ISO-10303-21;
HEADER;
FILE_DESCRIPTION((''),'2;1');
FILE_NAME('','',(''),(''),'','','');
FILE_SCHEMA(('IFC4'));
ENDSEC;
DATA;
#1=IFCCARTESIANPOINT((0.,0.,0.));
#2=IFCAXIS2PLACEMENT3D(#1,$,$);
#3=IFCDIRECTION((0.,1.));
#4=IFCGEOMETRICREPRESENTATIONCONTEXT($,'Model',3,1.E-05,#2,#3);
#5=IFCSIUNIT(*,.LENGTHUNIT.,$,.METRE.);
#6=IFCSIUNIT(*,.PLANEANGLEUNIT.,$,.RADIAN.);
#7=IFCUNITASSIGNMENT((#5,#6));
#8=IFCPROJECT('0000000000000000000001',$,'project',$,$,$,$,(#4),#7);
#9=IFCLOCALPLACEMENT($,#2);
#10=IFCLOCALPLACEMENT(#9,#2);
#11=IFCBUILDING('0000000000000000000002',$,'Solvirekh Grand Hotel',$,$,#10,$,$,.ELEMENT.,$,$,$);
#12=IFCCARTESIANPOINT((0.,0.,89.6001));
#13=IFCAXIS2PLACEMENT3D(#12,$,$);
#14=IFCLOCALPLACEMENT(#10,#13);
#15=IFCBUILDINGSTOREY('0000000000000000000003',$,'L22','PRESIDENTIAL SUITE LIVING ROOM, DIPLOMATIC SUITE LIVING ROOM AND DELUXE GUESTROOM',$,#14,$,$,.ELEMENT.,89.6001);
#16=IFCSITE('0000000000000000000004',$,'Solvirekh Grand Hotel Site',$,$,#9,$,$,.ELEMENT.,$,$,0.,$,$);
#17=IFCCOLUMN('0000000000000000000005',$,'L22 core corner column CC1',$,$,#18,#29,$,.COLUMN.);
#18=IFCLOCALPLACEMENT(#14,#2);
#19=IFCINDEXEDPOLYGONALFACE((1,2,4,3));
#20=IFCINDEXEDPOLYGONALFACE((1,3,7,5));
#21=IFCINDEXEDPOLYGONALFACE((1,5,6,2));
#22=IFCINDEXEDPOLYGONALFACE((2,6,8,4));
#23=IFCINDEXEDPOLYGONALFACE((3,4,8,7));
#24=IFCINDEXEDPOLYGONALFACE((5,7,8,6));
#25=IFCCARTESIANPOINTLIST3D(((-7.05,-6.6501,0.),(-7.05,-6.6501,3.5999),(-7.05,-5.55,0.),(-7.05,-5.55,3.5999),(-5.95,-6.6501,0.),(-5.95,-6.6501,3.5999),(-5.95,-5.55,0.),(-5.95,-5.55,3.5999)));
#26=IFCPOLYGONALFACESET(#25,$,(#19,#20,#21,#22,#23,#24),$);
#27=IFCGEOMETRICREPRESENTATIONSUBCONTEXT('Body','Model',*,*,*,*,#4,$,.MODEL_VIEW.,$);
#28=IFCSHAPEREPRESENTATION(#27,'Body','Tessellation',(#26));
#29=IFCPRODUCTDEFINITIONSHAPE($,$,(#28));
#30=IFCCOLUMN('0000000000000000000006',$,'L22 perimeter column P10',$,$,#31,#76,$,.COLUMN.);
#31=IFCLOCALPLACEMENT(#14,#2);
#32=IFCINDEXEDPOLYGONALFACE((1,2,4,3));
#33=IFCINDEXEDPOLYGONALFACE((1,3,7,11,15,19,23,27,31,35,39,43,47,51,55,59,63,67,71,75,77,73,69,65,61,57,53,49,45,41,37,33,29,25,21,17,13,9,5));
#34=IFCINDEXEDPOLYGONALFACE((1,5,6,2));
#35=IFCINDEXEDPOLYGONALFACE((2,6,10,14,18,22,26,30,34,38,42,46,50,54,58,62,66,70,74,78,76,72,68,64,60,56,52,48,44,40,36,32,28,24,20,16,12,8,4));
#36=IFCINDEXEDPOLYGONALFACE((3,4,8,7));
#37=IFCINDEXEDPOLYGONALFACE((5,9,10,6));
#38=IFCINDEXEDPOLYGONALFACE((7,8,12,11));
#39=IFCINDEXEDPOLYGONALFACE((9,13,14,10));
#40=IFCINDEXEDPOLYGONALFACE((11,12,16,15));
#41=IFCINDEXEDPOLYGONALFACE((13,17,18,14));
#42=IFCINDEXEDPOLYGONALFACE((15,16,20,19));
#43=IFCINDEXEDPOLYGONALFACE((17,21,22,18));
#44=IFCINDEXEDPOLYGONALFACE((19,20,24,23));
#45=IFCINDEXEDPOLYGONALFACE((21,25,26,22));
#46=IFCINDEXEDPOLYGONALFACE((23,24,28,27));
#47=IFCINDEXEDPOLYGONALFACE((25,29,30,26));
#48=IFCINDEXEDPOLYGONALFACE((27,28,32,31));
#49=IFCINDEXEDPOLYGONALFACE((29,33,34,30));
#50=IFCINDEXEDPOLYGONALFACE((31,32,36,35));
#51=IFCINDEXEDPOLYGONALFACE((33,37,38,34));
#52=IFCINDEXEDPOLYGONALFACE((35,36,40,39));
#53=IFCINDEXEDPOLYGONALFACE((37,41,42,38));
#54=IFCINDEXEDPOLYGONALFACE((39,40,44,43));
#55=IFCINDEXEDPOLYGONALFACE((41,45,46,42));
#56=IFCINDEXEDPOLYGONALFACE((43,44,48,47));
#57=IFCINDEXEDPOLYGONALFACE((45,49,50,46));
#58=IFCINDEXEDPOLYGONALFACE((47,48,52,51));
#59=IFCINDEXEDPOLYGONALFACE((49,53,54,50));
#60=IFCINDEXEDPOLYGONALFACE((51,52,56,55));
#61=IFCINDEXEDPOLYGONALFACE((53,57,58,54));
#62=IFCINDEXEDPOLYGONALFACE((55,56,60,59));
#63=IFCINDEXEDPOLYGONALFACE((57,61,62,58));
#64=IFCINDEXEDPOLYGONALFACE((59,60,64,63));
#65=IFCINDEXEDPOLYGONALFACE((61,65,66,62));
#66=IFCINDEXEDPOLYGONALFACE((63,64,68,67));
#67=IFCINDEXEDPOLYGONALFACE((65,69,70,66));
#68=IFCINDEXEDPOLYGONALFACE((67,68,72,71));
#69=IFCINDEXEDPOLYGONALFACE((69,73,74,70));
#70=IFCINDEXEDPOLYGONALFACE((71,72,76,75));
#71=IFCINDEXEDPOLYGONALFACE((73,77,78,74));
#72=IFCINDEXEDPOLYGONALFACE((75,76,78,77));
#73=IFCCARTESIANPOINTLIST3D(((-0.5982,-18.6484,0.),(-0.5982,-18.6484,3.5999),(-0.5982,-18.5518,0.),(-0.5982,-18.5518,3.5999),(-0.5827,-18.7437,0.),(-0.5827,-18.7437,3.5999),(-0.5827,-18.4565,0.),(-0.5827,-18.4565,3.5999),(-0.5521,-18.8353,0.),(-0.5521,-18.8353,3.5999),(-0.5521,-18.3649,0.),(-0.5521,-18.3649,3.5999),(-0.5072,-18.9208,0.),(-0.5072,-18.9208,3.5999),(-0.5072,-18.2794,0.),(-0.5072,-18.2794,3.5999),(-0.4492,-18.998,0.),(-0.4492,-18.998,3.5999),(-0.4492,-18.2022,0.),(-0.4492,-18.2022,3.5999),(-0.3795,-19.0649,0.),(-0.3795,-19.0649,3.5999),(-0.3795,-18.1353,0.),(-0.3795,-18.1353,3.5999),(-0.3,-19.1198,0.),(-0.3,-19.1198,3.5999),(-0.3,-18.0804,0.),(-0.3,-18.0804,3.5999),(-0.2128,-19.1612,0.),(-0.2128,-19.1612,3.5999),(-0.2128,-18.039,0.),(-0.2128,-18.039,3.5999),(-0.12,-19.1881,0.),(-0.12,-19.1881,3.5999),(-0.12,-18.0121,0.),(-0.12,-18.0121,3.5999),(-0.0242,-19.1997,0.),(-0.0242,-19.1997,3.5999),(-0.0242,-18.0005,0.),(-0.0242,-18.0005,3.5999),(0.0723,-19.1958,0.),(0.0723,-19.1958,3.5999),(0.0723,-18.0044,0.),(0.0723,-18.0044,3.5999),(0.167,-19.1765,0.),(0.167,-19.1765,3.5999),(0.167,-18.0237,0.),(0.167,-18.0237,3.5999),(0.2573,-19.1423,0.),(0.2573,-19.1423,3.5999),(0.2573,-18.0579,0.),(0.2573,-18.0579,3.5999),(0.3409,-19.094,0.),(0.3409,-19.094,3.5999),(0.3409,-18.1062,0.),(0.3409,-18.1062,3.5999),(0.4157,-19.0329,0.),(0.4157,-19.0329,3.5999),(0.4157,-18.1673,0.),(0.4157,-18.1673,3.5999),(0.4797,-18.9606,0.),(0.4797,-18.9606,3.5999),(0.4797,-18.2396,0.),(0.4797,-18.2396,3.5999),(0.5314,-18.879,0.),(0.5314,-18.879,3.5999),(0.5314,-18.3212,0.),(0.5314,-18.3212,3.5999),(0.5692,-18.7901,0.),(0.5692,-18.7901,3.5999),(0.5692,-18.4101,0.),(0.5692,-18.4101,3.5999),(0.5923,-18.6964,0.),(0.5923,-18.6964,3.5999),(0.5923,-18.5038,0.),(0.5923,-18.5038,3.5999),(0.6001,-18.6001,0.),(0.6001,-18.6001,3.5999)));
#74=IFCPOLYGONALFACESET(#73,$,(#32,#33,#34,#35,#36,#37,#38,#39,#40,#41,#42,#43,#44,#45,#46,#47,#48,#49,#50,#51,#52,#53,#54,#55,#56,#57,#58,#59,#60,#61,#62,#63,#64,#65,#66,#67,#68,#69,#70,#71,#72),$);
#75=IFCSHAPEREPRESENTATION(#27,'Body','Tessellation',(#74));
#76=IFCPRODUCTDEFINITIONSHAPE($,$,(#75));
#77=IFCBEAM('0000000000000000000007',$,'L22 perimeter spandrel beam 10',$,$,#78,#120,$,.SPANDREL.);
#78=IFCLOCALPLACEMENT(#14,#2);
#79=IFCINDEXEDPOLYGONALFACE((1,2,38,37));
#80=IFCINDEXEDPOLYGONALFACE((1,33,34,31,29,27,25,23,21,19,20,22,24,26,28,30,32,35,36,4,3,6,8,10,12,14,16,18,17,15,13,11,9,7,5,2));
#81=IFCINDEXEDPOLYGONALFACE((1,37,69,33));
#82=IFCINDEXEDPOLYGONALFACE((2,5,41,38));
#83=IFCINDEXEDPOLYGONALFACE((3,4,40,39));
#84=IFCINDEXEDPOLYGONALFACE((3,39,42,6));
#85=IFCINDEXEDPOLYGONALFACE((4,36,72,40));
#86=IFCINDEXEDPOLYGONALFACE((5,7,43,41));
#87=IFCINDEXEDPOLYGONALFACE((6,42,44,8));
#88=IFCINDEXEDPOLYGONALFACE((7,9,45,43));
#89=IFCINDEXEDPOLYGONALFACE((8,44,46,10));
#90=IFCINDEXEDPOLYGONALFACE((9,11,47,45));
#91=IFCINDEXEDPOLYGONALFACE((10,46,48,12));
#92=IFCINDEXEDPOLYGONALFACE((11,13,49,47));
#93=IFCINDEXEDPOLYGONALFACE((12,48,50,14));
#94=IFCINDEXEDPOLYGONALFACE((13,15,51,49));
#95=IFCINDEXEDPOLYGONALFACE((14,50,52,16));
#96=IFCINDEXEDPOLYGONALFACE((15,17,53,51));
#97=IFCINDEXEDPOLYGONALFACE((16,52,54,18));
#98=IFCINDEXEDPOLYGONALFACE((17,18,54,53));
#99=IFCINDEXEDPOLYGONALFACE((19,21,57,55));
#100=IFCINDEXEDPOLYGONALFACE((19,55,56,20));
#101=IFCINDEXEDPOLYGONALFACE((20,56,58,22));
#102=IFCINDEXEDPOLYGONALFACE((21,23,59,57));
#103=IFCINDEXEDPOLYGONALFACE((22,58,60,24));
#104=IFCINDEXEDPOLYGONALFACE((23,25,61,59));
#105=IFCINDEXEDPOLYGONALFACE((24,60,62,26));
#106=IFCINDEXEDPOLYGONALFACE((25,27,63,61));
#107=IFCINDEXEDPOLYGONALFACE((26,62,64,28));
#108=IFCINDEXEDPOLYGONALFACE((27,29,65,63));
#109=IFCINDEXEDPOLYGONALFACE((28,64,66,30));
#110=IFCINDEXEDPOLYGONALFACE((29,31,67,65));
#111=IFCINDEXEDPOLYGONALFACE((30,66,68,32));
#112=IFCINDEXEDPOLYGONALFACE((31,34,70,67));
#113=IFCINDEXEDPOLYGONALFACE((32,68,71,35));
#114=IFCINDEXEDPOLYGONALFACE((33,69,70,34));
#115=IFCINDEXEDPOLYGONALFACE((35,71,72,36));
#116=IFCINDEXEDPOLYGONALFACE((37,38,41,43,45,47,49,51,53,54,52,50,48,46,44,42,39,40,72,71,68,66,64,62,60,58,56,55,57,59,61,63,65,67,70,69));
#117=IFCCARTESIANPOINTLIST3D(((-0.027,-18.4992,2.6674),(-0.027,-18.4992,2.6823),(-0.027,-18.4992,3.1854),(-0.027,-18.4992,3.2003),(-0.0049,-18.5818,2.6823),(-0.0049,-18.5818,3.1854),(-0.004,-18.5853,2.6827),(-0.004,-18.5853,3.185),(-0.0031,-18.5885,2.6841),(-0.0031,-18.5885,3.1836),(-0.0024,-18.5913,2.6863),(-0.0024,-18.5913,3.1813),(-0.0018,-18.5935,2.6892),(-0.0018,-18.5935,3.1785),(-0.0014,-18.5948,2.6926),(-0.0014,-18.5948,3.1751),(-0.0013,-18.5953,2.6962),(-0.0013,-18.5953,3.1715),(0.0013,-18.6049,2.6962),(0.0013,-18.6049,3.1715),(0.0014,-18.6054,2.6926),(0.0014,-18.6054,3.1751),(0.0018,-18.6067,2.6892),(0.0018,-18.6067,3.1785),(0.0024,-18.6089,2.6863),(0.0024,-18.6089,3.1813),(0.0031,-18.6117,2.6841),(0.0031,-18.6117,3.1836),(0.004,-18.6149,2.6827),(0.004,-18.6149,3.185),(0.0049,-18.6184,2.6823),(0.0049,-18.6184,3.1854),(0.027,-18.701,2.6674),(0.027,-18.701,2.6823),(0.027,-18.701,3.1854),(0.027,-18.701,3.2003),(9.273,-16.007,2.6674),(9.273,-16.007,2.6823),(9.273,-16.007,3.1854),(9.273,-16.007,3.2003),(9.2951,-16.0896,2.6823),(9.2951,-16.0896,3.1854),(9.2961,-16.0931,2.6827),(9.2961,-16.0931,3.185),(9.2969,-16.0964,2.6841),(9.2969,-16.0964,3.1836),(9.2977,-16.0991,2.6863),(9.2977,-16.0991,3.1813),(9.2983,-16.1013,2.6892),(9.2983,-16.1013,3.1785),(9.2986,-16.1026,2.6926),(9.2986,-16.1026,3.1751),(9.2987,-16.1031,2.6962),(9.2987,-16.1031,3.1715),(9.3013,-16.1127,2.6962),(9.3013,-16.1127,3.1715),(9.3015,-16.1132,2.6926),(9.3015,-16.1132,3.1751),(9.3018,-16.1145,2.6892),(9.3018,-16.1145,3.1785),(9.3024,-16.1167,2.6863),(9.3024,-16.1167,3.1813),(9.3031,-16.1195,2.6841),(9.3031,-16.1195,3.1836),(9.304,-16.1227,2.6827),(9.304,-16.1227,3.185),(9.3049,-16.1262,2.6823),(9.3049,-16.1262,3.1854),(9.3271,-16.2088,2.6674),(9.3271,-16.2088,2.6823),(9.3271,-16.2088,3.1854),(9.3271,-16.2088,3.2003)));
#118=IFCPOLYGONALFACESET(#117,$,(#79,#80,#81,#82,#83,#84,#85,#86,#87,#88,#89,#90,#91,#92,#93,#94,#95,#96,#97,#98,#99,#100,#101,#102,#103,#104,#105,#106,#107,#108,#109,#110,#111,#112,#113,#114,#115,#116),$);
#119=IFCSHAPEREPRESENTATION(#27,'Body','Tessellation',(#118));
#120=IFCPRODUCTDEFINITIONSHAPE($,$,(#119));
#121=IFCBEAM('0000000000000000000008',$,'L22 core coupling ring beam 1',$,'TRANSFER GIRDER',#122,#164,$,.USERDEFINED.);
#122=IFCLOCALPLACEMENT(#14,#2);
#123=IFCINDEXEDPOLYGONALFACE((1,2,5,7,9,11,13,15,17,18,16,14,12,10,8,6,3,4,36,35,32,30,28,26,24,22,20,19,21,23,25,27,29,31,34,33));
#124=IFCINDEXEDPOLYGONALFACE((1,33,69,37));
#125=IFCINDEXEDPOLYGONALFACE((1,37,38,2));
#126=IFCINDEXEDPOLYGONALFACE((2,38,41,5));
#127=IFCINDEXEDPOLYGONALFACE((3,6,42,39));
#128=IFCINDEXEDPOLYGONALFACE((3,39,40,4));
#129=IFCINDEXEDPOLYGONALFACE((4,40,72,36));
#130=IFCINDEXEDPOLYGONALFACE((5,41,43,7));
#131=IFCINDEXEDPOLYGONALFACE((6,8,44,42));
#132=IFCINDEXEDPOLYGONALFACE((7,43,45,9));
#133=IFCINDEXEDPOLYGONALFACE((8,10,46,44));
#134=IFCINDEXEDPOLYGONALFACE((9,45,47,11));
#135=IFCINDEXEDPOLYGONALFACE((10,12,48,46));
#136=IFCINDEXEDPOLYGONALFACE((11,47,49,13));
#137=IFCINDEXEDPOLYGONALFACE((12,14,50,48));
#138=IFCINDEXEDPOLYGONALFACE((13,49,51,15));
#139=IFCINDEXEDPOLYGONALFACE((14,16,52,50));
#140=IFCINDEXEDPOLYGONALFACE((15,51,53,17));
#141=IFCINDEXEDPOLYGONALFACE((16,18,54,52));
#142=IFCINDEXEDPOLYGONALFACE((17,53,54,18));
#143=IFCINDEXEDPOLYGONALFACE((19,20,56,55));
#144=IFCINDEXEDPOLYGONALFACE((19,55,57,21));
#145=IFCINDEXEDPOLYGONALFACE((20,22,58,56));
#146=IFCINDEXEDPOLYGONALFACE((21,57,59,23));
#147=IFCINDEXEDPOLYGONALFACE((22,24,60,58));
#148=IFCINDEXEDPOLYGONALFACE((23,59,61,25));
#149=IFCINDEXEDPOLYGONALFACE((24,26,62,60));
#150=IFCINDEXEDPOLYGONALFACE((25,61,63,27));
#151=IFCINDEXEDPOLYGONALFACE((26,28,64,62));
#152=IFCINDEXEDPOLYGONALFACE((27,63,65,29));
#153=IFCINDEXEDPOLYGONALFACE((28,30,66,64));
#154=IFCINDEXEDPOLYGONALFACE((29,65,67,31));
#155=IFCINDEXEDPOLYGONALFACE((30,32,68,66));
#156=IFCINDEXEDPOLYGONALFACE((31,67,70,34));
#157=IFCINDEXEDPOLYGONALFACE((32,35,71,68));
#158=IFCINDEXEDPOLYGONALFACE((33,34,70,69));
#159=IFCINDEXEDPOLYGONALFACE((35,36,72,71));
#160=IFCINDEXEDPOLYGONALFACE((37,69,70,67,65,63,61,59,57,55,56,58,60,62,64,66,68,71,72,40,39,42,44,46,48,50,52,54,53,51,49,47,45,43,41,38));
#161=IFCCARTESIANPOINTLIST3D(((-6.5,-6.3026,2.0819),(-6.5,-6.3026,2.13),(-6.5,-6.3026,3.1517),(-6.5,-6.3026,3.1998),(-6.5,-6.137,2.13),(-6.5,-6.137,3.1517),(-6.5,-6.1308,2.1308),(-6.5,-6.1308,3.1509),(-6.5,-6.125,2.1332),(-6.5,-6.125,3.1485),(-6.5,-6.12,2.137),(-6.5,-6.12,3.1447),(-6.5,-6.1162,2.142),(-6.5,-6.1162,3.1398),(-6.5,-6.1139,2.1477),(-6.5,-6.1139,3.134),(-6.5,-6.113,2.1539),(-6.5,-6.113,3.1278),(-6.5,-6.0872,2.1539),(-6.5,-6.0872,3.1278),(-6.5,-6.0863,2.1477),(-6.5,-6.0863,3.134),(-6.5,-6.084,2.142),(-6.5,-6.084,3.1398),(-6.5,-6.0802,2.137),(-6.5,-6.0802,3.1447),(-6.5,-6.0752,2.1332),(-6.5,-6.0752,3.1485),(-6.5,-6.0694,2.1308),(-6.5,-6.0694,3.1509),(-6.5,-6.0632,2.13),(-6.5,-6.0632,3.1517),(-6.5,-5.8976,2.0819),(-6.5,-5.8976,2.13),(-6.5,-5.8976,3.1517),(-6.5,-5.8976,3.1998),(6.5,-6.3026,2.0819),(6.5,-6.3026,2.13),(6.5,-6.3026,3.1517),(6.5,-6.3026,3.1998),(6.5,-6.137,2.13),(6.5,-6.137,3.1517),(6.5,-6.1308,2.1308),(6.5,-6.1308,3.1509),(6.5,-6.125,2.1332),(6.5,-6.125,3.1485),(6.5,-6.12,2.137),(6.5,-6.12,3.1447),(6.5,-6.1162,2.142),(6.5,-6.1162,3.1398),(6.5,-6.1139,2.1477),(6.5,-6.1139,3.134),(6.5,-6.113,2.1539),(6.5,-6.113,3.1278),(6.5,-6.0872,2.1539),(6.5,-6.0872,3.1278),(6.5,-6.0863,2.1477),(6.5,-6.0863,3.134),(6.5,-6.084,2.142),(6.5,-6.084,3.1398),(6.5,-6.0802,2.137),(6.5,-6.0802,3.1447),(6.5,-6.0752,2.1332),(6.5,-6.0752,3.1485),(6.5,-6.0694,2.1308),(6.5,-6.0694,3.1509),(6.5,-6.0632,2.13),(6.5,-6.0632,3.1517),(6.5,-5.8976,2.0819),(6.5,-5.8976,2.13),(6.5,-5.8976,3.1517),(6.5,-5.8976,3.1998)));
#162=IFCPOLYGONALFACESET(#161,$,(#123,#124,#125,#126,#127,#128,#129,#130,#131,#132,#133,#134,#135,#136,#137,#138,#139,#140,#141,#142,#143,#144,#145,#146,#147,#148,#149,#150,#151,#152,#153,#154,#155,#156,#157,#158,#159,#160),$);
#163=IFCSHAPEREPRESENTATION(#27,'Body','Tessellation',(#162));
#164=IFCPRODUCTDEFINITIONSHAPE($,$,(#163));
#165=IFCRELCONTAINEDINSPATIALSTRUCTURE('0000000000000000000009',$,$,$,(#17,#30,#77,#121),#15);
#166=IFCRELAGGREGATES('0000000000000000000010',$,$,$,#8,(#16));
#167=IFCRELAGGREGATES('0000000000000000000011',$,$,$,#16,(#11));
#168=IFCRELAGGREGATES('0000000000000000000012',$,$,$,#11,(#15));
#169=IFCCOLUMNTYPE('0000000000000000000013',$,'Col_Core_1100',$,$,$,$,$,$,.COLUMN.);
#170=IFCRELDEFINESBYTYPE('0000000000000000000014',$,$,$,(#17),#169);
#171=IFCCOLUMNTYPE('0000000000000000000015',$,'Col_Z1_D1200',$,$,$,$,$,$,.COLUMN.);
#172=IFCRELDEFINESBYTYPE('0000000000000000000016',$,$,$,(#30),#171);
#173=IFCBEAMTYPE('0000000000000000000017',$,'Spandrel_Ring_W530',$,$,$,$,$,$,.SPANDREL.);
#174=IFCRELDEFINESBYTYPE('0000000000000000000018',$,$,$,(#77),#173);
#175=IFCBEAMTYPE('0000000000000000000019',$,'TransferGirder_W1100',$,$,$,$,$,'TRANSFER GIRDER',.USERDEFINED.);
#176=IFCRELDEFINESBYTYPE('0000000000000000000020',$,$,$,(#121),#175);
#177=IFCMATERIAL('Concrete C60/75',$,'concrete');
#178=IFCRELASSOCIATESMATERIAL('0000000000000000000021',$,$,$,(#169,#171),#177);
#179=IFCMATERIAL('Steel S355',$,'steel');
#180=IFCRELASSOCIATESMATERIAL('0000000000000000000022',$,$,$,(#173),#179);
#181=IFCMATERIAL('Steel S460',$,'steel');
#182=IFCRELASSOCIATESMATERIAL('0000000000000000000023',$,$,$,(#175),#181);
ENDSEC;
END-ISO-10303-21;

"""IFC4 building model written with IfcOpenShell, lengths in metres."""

from ifc_helpers import new_model, si_unit, direction, frame, origin, origin_2d, place, context, subcontext, project, spatial, rectangle, circle, i_section, extrude, material, material_profile, profile_set, type_object, element, save


model = new_model("IFC4")

# Units and contexts
model_context = context("Model", 3, precision=1e-05, world=origin(), true_north=direction((0.0, 1.0)))
body_context = subcontext(model_context, "Body", "Model", "MODEL_VIEW")
ifc_project = project(units=[si_unit("LENGTHUNIT", "METRE"), si_unit("PLANEANGLEUNIT", "RADIAN")], contexts=[model_context])

# Site, building, storey
site_placement = place(None, origin())
site = spatial("IfcSite", under=ifc_project, at=site_placement, Name="Solvirekh Grand Hotel Site", CompositionType="ELEMENT", RefElevation=0.0)
building_placement = place(site_placement, origin())
building = spatial("IfcBuilding", under=site, at=building_placement, Name="Solvirekh Grand Hotel", CompositionType="ELEMENT")
storey_placement = place(building_placement, frame((0.0, 0.0, 89.6001)))
storey = spatial("IfcBuildingStorey", under=building, at=storey_placement, Name="L22", Description="PRESIDENTIAL SUITE LIVING ROOM, DIPLOMATIC SUITE LIVING ROOM AND DELUXE GUESTROOM", CompositionType="ELEMENT", Elevation=89.6001)

# Columns
ifc_material_1 = material(Name="Concrete C60/75", Category="concrete")
ifc_material_profile_1 = material_profile(ifc_material_1, rectangle(XDim=1.1001, YDim=1.1001, at=origin_2d()), Name="RC 1100X1100")
ifc_profile_set_1 = profile_set([ifc_material_profile_1], Name="Concrete C60/75")
column_type_1 = type_object("IfcColumnType", Name="Col_Core_1100", PredefinedType="COLUMN", material=ifc_profile_set_1)
column_1_placement = place(storey_placement, frame((-6.5, -6.1001, 0.0), z_axis=(0.0, 0.0, 1.0), x_axis=(1.0, 0.0, 0.0)))
element("IfcColumn", 1, at=column_1_placement, inside=storey, type_object=column_type_1, Name="L22 core corner column CC1", PredefinedType="COLUMN", context=body_context, shape_type="SweptSolid", body=[
    extrude(rectangle(XDim=1.1001, YDim=1.1001, at=origin_2d()), origin(), (0.0, 0.0, 1.0), 3.5999),
])
ifc_material_profile_2 = material_profile(ifc_material_1, circle(Radius=0.6001, at=origin_2d()), Name="RC CIRC D1200")
ifc_profile_set_2 = profile_set([ifc_material_profile_2], Name="Concrete C60/75")
column_type_2 = type_object("IfcColumnType", Name="Col_Z1_D1200", PredefinedType="COLUMN", material=ifc_profile_set_2)
column_2_placement = place(storey_placement, frame((0.0, -18.6001, 0.0), z_axis=(0.0, 0.0, 1.0), x_axis=(1.0, 0.0, 0.0)))
element("IfcColumn", 2, at=column_2_placement, inside=storey, type_object=column_type_2, Name="L22 perimeter column P10", PredefinedType="COLUMN", context=body_context, shape_type="SweptSolid", body=[
    extrude(circle(Radius=0.6001, at=origin_2d()), origin(), (0.0, 0.0, 1.0), 3.5999),
])

# Beams
ifc_material_2 = material(Name="Steel S355", Category="steel")
ifc_material_profile_3 = material_profile(ifc_material_2, i_section(OverallWidth=0.209, OverallDepth=0.533, WebThickness=0.01, FlangeThickness=0.0149, FilletRadius=0.0139, at=origin_2d()), Name="W530X92")
ifc_profile_set_3 = profile_set([ifc_material_profile_3], Name="Steel S355")
beam_type_1 = type_object("IfcBeamType", Name="Spandrel_Ring_W530", PredefinedType="SPANDREL", material=ifc_profile_set_3)
beam_1_placement = place(storey_placement, frame((0.0, -18.6001, 2.9338), z_axis=(0.965919, 0.258843, 0.0), x_axis=(-0.258843, 0.965919, 0.0)))
element("IfcBeam", 3, at=beam_1_placement, inside=storey, type_object=beam_type_1, Name="L22 perimeter spandrel beam 10", PredefinedType="SPANDREL", context=body_context, shape_type="SweptSolid", body=[
    extrude(i_section(OverallWidth=0.209, OverallDepth=0.533, WebThickness=0.01, FlangeThickness=0.0149, FilletRadius=0.0139, at=origin_2d()), origin(), (0.0, 0.0, 1.0), 9.6282),
])
ifc_material_3 = material(Name="Steel S460", Category="steel")
ifc_material_profile_4 = material_profile(ifc_material_3, i_section(OverallWidth=0.405, OverallDepth=1.1179, WebThickness=0.0259, FlangeThickness=0.0481, FilletRadius=0.0239, at=origin_2d()), Name="W1100X499")
ifc_profile_set_4 = profile_set([ifc_material_profile_4], Name="Steel S460")
beam_type_2 = type_object("IfcBeamType", Name="TransferGirder_W1100", ElementType="TRANSFER GIRDER", PredefinedType="USERDEFINED", material=ifc_profile_set_4)
beam_2_placement = place(storey_placement, frame((-6.5, -6.1001, 2.6409), z_axis=(1.0, 0.0, 0.0), x_axis=(0.0, 1.0, 0.0)))
element("IfcBeam", 4, at=beam_2_placement, inside=storey, type_object=beam_type_2, Name="L22 core coupling ring beam 1", ObjectType="TRANSFER GIRDER", PredefinedType="USERDEFINED", context=body_context, shape_type="SweptSolid", body=[
    extrude(i_section(OverallWidth=0.405, OverallDepth=1.1179, WebThickness=0.0259, FlangeThickness=0.0481, FilletRadius=0.0239, at=origin_2d()), origin(), (0.0, 0.0, 1.0), 13.0),
])

save(model, "model.ifc")
